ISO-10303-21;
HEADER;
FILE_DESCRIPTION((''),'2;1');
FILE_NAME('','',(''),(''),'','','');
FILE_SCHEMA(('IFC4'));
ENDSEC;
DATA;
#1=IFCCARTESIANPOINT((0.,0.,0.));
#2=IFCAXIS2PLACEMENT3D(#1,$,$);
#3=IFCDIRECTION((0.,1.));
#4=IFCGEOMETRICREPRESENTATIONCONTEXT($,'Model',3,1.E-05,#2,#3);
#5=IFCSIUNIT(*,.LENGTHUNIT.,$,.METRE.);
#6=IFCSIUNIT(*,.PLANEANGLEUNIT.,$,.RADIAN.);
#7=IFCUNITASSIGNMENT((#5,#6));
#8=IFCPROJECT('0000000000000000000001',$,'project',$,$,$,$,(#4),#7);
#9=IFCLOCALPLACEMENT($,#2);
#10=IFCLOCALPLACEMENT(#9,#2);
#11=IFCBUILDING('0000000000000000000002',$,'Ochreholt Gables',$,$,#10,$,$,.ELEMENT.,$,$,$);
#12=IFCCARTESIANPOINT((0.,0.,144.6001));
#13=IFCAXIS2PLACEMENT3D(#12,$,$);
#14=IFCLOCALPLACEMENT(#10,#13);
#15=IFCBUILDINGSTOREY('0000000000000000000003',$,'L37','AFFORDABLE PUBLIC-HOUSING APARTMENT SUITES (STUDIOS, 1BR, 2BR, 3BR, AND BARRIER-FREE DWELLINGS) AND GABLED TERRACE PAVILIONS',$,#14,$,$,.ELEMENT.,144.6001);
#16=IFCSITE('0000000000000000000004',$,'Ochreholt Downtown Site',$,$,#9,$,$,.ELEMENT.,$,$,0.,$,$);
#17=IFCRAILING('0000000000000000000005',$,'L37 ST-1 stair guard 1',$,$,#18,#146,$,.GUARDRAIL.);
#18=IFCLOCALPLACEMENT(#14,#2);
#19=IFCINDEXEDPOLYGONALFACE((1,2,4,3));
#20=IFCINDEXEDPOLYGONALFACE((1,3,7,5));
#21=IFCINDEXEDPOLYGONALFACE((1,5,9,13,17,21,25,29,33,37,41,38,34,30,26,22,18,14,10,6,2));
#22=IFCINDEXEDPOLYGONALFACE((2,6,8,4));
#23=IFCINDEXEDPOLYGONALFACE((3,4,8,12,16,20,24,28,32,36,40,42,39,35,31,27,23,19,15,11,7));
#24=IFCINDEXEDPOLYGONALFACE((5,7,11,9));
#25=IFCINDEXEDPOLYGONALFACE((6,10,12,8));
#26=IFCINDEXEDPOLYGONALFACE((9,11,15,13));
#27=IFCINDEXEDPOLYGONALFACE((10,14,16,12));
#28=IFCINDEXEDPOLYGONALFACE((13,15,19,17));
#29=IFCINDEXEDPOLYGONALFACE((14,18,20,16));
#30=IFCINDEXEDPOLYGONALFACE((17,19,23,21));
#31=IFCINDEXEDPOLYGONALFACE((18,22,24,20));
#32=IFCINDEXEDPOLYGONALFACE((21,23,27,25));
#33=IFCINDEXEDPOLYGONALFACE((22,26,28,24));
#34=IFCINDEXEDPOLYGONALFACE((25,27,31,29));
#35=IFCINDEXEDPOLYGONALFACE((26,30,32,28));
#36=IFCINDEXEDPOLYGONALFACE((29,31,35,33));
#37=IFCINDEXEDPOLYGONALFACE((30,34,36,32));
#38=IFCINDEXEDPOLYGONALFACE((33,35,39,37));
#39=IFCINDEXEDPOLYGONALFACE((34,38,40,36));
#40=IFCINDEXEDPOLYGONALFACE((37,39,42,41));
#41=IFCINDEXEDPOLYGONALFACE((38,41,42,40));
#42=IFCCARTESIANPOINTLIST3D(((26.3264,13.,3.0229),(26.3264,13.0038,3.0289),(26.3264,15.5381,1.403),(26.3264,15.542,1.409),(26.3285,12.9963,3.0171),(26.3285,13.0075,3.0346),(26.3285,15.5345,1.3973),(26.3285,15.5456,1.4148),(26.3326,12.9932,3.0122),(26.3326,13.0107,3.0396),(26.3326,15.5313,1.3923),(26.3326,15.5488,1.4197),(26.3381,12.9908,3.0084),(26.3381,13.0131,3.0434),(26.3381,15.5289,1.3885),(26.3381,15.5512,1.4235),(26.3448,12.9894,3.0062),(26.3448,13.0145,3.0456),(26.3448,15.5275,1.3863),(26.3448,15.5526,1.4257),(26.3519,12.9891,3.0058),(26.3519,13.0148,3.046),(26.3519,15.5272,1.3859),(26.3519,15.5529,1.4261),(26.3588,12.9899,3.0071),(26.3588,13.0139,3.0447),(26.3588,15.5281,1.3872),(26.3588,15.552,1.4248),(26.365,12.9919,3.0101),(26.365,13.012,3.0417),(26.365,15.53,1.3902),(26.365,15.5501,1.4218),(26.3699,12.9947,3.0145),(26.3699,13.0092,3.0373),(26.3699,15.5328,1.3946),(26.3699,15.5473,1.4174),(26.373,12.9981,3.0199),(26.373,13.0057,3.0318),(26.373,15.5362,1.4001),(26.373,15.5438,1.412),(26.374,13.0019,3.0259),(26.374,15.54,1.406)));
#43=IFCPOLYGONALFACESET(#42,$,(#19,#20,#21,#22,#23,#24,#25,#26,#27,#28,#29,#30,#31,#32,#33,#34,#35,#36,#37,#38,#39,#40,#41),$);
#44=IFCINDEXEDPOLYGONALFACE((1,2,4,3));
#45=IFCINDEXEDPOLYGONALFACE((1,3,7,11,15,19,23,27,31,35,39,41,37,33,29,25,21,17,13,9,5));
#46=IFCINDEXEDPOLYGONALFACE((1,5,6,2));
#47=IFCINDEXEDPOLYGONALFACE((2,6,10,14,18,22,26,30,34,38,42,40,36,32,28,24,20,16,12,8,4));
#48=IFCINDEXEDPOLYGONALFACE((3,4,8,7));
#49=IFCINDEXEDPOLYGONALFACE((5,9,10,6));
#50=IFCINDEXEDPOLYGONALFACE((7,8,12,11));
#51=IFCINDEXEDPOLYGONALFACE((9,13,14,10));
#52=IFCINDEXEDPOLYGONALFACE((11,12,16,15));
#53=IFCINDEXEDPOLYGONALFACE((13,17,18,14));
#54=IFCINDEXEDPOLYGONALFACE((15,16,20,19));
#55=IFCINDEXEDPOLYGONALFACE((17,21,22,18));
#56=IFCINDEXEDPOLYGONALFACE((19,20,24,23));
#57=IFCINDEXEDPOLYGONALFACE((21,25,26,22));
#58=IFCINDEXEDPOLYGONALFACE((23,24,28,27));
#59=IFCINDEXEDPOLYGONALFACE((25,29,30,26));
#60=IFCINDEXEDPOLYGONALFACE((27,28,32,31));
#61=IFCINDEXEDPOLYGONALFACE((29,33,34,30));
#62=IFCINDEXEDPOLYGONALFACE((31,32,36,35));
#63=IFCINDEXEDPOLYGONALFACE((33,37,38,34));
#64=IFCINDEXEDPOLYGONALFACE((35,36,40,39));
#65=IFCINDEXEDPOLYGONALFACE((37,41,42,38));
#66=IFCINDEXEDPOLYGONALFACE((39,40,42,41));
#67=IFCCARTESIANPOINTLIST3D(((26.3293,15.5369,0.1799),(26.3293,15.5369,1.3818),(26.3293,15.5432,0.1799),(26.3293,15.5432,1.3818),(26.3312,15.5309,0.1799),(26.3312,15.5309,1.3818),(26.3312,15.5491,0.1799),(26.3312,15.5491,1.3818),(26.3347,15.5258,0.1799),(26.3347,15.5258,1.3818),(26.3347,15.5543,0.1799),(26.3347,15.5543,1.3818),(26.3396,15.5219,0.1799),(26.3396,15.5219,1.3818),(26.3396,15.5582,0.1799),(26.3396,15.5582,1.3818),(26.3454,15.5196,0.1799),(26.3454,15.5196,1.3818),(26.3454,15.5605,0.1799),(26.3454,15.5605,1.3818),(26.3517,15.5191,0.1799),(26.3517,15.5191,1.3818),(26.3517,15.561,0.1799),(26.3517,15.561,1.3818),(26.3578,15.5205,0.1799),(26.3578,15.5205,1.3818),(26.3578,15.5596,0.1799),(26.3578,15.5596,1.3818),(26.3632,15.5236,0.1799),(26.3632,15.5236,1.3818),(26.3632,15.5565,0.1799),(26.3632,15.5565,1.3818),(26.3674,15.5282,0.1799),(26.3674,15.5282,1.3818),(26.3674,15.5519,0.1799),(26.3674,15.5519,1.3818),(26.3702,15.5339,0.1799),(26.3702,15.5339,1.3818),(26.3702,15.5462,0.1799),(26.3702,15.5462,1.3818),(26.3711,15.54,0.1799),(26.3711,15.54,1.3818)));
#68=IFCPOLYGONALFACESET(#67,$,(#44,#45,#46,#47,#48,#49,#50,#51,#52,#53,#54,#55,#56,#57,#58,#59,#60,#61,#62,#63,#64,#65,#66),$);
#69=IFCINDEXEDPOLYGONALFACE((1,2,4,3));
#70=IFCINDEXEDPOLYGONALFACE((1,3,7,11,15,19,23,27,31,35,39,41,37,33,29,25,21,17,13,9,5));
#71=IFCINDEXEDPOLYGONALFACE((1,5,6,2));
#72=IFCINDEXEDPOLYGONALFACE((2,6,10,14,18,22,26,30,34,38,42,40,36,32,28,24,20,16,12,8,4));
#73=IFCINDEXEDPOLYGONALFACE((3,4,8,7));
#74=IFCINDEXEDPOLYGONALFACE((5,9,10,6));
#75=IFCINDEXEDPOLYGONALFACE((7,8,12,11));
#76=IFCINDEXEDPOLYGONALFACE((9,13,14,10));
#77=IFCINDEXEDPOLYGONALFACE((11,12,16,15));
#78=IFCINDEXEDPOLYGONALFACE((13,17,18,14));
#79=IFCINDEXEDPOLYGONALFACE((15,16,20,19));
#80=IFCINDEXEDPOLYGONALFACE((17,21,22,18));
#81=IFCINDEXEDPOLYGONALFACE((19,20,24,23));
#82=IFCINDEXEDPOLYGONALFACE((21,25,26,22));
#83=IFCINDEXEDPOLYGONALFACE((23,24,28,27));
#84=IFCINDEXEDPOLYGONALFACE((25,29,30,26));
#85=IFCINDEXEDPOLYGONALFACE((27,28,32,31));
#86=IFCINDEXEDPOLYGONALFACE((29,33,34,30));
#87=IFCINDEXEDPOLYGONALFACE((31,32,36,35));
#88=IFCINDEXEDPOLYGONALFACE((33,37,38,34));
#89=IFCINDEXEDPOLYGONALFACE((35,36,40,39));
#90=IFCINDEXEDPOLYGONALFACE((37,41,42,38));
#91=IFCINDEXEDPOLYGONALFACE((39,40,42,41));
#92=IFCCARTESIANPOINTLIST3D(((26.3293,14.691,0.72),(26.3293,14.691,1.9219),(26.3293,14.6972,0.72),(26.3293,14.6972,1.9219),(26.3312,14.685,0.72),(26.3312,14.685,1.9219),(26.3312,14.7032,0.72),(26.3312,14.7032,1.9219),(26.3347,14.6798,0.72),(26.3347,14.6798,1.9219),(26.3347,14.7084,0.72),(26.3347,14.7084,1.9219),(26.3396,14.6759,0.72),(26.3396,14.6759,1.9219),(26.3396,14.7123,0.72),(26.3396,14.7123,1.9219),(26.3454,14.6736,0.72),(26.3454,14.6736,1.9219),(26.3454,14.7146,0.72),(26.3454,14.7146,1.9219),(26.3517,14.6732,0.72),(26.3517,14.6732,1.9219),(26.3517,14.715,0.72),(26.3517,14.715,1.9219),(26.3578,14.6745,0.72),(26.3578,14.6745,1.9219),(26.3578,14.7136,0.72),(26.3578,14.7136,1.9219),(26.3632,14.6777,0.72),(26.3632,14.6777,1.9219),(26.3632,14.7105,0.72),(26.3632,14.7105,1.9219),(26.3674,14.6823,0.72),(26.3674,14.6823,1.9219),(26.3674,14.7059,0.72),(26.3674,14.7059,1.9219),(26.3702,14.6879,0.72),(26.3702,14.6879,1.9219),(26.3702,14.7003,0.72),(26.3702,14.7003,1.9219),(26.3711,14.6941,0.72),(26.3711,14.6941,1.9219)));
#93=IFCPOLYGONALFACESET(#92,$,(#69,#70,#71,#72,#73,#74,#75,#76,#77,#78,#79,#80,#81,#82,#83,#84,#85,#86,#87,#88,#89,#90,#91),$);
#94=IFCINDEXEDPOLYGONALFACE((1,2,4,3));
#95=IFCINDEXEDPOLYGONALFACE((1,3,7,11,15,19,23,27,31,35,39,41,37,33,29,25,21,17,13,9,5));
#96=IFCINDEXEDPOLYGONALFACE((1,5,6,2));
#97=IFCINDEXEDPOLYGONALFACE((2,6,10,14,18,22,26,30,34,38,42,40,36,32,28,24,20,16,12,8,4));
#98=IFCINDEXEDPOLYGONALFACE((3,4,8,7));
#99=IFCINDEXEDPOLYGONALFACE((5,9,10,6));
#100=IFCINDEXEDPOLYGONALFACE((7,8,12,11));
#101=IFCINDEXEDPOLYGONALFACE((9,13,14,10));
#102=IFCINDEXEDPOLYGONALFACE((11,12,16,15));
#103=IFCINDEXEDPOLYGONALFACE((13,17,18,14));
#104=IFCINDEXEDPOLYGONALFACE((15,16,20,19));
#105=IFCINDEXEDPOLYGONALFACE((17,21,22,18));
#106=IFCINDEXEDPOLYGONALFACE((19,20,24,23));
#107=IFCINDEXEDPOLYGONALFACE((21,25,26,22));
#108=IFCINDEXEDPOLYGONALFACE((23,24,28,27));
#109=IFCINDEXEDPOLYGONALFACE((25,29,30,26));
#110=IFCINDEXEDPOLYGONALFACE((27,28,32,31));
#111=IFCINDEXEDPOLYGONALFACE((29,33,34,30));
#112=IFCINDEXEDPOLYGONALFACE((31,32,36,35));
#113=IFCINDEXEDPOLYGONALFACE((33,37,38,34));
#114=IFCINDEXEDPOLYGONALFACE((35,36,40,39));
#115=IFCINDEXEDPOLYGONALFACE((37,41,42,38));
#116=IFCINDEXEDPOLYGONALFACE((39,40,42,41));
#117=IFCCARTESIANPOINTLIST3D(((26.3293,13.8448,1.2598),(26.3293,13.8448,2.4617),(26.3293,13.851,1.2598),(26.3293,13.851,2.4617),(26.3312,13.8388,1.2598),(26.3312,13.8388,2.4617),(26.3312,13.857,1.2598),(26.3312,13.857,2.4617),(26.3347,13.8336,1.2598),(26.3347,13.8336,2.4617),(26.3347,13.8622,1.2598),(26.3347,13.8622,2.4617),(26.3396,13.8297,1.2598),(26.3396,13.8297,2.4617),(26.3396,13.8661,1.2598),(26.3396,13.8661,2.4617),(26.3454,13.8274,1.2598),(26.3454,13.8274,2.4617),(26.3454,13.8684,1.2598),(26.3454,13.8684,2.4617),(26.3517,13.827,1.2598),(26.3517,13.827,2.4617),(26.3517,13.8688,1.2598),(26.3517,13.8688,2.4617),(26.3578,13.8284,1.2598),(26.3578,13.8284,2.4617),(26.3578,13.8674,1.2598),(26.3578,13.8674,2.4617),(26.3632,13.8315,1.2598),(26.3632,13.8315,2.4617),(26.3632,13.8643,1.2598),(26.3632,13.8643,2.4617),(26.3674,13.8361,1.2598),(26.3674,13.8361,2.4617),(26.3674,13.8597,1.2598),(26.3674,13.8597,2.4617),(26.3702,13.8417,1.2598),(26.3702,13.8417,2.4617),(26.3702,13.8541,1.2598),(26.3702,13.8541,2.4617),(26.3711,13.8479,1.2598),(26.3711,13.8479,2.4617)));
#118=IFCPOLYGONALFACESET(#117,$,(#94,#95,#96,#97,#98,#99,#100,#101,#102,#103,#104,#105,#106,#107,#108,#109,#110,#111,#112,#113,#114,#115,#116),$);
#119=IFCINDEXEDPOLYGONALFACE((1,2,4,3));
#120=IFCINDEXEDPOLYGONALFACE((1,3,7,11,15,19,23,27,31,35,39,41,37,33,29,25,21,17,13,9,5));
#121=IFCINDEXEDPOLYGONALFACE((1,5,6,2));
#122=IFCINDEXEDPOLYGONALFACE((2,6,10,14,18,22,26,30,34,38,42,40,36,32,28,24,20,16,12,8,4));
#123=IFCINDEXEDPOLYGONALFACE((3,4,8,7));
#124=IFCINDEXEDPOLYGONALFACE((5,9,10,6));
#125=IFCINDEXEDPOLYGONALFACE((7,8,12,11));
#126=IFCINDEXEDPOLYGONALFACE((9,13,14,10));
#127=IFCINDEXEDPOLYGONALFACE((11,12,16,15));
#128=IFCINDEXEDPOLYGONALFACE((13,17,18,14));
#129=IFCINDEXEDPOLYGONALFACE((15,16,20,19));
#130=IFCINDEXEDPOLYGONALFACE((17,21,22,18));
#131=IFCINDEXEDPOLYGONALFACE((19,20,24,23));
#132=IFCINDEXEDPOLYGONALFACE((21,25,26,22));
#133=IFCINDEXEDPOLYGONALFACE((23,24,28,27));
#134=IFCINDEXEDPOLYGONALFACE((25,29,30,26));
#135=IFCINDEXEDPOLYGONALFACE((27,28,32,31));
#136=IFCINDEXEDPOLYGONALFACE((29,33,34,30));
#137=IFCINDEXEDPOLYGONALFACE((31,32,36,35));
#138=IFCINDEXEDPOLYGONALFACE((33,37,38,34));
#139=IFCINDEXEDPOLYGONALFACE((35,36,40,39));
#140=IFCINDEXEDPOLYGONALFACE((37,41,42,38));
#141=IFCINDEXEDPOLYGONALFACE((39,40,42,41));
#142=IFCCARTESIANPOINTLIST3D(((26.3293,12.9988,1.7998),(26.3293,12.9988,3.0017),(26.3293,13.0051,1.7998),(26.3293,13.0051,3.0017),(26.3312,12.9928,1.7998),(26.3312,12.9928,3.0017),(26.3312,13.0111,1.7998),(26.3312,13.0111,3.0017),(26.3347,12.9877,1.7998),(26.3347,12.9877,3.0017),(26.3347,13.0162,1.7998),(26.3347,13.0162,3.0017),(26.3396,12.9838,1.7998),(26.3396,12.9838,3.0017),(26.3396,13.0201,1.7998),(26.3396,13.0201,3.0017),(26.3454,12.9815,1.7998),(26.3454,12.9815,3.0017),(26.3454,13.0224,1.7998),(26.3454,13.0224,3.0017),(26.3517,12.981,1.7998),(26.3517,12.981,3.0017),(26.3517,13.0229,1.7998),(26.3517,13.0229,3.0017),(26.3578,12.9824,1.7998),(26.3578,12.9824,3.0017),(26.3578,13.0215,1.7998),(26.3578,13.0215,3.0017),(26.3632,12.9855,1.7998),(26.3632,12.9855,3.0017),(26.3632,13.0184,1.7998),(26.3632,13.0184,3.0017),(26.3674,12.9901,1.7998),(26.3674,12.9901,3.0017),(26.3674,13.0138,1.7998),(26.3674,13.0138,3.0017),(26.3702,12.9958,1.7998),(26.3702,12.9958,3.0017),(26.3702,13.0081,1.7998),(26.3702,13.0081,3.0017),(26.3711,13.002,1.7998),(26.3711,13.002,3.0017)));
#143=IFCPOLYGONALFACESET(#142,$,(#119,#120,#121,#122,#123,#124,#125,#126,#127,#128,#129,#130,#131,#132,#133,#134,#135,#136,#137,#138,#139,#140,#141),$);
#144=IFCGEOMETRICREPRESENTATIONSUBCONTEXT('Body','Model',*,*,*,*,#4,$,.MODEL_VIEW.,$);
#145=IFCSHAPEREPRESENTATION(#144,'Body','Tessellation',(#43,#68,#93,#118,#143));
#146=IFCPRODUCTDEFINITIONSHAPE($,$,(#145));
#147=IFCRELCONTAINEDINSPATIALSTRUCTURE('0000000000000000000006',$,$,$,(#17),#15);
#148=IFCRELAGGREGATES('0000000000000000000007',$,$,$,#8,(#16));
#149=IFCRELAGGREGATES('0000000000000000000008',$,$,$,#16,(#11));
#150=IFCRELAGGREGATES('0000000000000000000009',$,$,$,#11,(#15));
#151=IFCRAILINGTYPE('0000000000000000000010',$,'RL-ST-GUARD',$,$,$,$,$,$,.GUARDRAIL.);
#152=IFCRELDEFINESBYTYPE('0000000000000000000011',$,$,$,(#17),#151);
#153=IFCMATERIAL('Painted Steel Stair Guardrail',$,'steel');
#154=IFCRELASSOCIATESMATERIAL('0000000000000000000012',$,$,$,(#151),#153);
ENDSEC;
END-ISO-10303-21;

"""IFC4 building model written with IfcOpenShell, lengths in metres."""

from ifc_helpers import new_model, si_unit, direction, frame, origin, origin_2d, place, context, subcontext, project, spatial, circle, extrude, material, type_object, element, save


model = new_model("IFC4")

# Units and contexts
model_context = context("Model", 3, precision=1e-05, world=origin(), true_north=direction((0.0, 1.0)))
body_context = subcontext(model_context, "Body", "Model", "MODEL_VIEW")
ifc_project = project(units=[si_unit("LENGTHUNIT", "METRE"), si_unit("PLANEANGLEUNIT", "RADIAN")], contexts=[model_context])

# Site, building, storey
site_placement = place(None, origin())
site = spatial("IfcSite", under=ifc_project, at=site_placement, Name="Ochreholt Downtown Site", CompositionType="ELEMENT", RefElevation=0.0)
building_placement = place(site_placement, origin())
building = spatial("IfcBuilding", under=site, at=building_placement, Name="Ochreholt Gables", CompositionType="ELEMENT")
storey_placement = place(building_placement, frame((0.0, 0.0, 144.6001)))
storey = spatial("IfcBuildingStorey", under=building, at=storey_placement, Name="L37", Description="AFFORDABLE PUBLIC-HOUSING APARTMENT SUITES (STUDIOS, 1BR, 2BR, 3BR, AND BARRIER-FREE DWELLINGS) AND GABLED TERRACE PAVILIONS", CompositionType="ELEMENT", Elevation=144.6001)

# Railing
ifc_material_1 = material(Name="Painted Steel Stair Guardrail", Category="steel")
railing_type_1 = type_object("IfcRailingType", Name="RL-ST-GUARD", PredefinedType="GUARDRAIL", material=ifc_material_1)
railing_1_placement = place(storey_placement, frame((26.3501, 15.54, 0.1799)))
element("IfcRailing", 1, at=railing_1_placement, inside=storey, type_object=railing_type_1, Name="L37 ST-1 stair guard 1", PredefinedType="GUARDRAIL", context=body_context, shape_type="SweptSolid", body=[
    extrude(circle(Radius=0.0239, at=origin_2d()), frame((0.0, 0.0, 1.2261), z_axis=(0.0, -0.84295, 0.537993), x_axis=(1.0, 0.0, 0.0)), (0.0, 0.0, 1.0), 3.011),
    extrude(circle(Radius=0.021, at=origin_2d()), origin(), (0.0, 0.0, 1.0), 1.2019),
    extrude(circle(Radius=0.021, at=origin_2d()), frame((0.0, -0.8459, 0.54)), (0.0, 0.0, 1.0), 1.2019),
    extrude(circle(Radius=0.021, at=origin_2d()), frame((0.0, -1.6921, 1.0798)), (0.0, 0.0, 1.0), 1.2019),
    extrude(circle(Radius=0.021, at=origin_2d()), frame((0.0, -2.5381, 1.6199)), (0.0, 0.0, 1.0), 1.2019),
])

save(model, "model.ifc")
